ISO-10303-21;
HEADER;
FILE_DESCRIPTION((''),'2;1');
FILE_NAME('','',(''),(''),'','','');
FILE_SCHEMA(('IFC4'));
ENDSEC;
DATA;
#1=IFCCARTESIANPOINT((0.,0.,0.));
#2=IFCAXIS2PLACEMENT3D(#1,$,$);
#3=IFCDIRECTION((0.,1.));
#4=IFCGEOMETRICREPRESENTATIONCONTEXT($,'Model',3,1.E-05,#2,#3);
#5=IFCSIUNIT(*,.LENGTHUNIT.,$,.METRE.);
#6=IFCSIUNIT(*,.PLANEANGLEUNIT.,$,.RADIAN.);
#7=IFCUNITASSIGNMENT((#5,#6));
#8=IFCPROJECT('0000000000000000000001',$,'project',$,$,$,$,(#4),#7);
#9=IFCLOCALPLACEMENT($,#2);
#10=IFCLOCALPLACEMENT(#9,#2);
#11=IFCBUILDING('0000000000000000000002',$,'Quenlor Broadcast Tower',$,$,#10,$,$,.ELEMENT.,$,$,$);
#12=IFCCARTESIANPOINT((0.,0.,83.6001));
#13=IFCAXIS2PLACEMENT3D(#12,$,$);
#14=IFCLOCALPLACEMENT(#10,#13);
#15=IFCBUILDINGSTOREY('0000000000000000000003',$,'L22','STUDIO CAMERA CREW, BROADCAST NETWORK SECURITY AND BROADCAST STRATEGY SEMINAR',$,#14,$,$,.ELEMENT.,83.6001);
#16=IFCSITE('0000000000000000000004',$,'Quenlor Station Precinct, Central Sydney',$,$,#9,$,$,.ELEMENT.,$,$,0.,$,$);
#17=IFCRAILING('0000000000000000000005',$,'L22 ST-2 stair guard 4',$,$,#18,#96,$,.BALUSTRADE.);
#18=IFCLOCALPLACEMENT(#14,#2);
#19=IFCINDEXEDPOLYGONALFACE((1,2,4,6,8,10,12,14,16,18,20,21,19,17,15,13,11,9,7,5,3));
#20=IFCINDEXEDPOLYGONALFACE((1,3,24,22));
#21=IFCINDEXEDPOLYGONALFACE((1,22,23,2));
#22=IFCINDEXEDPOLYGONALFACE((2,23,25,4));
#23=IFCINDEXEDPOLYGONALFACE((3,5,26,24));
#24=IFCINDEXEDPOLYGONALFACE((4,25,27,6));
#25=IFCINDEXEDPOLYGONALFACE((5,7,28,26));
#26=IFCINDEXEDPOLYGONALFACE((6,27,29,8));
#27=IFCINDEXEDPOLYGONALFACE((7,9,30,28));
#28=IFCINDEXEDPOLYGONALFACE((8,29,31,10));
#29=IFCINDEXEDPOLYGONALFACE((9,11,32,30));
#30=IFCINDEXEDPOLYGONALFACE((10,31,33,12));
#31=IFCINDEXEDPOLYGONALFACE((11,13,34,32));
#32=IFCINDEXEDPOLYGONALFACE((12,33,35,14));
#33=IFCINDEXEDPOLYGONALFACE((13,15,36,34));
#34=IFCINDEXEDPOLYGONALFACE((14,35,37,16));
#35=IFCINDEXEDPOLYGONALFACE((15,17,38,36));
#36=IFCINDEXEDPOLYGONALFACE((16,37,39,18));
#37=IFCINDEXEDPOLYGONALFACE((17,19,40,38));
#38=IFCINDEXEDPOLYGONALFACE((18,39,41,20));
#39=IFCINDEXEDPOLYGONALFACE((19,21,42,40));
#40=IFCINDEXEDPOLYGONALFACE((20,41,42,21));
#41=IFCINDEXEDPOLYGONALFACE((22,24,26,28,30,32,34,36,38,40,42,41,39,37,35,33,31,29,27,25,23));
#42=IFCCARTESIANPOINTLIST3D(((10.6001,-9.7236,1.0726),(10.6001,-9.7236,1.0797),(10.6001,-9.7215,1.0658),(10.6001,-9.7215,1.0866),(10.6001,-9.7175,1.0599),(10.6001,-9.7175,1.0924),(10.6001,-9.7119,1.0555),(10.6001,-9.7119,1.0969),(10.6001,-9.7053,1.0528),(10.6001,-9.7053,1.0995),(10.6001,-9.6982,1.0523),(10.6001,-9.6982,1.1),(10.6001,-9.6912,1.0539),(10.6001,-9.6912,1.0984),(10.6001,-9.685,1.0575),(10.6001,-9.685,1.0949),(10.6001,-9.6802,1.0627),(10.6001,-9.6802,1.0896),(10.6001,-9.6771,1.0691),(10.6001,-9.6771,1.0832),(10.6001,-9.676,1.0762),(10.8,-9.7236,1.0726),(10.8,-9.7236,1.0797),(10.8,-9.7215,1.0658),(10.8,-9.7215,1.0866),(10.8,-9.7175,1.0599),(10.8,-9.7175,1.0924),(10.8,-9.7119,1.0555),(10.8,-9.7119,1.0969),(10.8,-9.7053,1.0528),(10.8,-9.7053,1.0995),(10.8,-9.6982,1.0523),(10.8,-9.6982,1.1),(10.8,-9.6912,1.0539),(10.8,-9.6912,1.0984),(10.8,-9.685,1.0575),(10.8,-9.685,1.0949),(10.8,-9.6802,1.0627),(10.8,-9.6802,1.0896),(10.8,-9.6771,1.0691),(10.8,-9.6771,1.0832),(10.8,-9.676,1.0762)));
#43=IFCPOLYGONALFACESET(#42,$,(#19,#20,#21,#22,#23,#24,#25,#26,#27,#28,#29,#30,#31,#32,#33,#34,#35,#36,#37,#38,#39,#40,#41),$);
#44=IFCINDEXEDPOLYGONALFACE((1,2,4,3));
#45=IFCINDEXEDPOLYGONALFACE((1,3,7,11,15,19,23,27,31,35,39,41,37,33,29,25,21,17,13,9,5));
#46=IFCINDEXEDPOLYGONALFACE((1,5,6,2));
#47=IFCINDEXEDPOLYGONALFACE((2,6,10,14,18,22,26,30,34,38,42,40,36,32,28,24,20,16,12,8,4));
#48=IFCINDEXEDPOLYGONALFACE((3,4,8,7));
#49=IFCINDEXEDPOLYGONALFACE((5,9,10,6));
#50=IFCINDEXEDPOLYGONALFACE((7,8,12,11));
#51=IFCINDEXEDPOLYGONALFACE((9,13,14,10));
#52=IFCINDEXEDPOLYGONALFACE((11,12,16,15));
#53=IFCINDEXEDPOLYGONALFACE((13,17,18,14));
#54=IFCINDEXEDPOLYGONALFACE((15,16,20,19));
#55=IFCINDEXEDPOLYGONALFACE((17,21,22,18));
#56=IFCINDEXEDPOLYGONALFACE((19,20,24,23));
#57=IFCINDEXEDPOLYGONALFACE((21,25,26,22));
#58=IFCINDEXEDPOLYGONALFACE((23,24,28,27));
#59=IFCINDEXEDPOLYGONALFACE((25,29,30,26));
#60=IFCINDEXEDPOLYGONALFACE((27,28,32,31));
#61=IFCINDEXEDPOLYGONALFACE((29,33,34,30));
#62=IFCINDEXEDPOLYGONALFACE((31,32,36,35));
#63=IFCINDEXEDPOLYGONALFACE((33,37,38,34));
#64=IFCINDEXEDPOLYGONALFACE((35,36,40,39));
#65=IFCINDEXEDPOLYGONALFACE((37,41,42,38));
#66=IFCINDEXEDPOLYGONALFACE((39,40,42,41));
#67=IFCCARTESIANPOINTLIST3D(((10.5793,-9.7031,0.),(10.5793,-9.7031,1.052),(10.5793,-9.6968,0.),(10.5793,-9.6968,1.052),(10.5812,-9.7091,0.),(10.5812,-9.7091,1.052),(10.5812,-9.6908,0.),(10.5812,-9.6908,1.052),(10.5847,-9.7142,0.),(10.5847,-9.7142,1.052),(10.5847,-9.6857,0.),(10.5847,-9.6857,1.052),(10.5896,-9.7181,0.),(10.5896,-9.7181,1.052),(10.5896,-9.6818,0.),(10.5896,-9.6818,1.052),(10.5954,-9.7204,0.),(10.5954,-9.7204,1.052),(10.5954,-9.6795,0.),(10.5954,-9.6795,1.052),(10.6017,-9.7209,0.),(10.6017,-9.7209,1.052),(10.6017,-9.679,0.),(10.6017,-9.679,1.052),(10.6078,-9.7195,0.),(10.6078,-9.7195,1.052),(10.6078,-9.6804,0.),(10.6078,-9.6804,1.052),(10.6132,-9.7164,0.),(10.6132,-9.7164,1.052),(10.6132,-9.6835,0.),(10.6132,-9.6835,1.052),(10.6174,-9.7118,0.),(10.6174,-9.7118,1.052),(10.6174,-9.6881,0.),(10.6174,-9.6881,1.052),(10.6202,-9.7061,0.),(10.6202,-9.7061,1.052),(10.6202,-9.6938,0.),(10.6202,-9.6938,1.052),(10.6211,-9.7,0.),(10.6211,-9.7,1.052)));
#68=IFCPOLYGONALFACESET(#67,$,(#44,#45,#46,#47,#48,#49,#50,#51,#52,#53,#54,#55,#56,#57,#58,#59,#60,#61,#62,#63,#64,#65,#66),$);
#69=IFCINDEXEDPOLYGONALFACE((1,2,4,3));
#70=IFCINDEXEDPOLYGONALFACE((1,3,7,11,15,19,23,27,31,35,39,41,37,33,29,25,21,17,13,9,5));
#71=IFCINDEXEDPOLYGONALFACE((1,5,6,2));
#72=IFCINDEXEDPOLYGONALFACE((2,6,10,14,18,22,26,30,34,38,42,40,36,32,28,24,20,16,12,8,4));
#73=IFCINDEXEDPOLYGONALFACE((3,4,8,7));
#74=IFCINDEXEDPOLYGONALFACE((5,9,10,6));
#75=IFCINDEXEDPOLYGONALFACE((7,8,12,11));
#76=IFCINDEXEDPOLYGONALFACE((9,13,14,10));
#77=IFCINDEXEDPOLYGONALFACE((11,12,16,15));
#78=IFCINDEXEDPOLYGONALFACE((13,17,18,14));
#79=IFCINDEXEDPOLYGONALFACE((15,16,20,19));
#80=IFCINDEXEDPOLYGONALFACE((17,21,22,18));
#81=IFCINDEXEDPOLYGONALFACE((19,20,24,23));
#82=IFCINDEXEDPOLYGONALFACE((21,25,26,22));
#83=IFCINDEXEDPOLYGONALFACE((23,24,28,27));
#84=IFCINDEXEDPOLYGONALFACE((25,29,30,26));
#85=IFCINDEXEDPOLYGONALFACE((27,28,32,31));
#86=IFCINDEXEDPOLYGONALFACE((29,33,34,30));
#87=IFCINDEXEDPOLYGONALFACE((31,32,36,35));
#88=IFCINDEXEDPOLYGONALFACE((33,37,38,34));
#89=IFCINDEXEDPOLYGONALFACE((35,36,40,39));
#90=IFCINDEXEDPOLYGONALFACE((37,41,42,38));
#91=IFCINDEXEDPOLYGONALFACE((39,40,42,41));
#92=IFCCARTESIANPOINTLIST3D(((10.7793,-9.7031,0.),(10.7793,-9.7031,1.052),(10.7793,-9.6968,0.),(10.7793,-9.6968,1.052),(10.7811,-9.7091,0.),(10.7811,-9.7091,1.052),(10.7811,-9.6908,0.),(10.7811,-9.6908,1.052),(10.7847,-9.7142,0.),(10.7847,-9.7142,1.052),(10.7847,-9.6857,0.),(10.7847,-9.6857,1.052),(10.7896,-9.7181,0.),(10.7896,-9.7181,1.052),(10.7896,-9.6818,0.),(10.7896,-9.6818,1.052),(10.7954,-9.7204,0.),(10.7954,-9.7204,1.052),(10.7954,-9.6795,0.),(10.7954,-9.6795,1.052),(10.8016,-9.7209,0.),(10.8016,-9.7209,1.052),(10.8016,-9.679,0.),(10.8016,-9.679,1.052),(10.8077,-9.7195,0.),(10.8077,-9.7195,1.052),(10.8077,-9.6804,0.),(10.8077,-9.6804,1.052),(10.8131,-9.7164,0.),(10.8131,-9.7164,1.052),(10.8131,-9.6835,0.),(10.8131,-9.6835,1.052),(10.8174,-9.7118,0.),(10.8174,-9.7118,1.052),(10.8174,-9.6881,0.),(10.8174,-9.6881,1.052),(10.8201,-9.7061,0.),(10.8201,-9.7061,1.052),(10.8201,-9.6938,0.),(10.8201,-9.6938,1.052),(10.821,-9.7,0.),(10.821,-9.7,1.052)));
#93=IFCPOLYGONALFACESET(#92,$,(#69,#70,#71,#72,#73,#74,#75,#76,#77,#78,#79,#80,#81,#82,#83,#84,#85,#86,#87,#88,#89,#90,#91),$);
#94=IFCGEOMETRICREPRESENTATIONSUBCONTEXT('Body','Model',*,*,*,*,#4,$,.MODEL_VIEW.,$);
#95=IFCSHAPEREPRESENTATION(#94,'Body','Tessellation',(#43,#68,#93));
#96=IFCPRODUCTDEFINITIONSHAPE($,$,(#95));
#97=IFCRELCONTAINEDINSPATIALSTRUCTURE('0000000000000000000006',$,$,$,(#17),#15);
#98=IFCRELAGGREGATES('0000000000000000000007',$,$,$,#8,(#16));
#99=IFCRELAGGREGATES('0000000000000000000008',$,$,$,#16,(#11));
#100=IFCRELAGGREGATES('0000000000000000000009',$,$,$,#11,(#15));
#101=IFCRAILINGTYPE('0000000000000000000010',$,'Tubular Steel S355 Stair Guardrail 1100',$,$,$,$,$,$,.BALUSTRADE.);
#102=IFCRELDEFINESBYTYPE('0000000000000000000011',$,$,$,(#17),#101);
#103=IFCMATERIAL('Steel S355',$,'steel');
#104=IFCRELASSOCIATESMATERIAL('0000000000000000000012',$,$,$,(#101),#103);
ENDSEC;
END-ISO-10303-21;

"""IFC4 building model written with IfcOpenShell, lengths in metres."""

from ifc_helpers import new_model, si_unit, direction, frame, origin, origin_2d, place, context, subcontext, project, spatial, circle, extrude, material, type_object, element, save


model = new_model("IFC4")

# Units and contexts
model_context = context("Model", 3, precision=1e-05, world=origin(), true_north=direction((0.0, 1.0)))
body_context = subcontext(model_context, "Body", "Model", "MODEL_VIEW")
ifc_project = project(units=[si_unit("LENGTHUNIT", "METRE"), si_unit("PLANEANGLEUNIT", "RADIAN")], contexts=[model_context])

# Site, building, storey
site_placement = place(None, origin())
site = spatial("IfcSite", under=ifc_project, at=site_placement, Name="Quenlor Station Precinct, Central Sydney", CompositionType="ELEMENT", RefElevation=0.0)
building_placement = place(site_placement, origin())
building = spatial("IfcBuilding", under=site, at=building_placement, Name="Quenlor Broadcast Tower", CompositionType="ELEMENT")
storey_placement = place(building_placement, frame((0.0, 0.0, 83.6001)))
storey = spatial("IfcBuildingStorey", under=building, at=storey_placement, Name="L22", Description="STUDIO CAMERA CREW, BROADCAST NETWORK SECURITY AND BROADCAST STRATEGY SEMINAR", CompositionType="ELEMENT", Elevation=83.6001)

# Railing
ifc_material_1 = material(Name="Steel S355", Category="steel")
railing_type_1 = type_object("IfcRailingType", Name="Tubular Steel S355 Stair Guardrail 1100", PredefinedType="BALUSTRADE", material=ifc_material_1)
railing_1_placement = place(storey_placement, frame((10.6001, -9.7, 0.0)))
element("IfcRailing", 1, at=railing_1_placement, inside=storey, type_object=railing_type_1, Name="L22 ST-2 stair guard 4", PredefinedType="BALUSTRADE", context=body_context, shape_type="SweptSolid", body=[
    extrude(circle(Radius=0.0239, at=origin_2d()), frame((0.0, 0.0, 1.0762), z_axis=(1.0, 0.0, 0.0), x_axis=(0.0, 1.0, 0.0)), (0.0, 0.0, 1.0), 0.2),
    extrude(circle(Radius=0.021, at=origin_2d()), origin(), (0.0, 0.0, 1.0), 1.052),
    extrude(circle(Radius=0.021, at=origin_2d()), frame((0.2, 0.0, 0.0)), (0.0, 0.0, 1.0), 1.052),
])

save(model, "model.ifc")
